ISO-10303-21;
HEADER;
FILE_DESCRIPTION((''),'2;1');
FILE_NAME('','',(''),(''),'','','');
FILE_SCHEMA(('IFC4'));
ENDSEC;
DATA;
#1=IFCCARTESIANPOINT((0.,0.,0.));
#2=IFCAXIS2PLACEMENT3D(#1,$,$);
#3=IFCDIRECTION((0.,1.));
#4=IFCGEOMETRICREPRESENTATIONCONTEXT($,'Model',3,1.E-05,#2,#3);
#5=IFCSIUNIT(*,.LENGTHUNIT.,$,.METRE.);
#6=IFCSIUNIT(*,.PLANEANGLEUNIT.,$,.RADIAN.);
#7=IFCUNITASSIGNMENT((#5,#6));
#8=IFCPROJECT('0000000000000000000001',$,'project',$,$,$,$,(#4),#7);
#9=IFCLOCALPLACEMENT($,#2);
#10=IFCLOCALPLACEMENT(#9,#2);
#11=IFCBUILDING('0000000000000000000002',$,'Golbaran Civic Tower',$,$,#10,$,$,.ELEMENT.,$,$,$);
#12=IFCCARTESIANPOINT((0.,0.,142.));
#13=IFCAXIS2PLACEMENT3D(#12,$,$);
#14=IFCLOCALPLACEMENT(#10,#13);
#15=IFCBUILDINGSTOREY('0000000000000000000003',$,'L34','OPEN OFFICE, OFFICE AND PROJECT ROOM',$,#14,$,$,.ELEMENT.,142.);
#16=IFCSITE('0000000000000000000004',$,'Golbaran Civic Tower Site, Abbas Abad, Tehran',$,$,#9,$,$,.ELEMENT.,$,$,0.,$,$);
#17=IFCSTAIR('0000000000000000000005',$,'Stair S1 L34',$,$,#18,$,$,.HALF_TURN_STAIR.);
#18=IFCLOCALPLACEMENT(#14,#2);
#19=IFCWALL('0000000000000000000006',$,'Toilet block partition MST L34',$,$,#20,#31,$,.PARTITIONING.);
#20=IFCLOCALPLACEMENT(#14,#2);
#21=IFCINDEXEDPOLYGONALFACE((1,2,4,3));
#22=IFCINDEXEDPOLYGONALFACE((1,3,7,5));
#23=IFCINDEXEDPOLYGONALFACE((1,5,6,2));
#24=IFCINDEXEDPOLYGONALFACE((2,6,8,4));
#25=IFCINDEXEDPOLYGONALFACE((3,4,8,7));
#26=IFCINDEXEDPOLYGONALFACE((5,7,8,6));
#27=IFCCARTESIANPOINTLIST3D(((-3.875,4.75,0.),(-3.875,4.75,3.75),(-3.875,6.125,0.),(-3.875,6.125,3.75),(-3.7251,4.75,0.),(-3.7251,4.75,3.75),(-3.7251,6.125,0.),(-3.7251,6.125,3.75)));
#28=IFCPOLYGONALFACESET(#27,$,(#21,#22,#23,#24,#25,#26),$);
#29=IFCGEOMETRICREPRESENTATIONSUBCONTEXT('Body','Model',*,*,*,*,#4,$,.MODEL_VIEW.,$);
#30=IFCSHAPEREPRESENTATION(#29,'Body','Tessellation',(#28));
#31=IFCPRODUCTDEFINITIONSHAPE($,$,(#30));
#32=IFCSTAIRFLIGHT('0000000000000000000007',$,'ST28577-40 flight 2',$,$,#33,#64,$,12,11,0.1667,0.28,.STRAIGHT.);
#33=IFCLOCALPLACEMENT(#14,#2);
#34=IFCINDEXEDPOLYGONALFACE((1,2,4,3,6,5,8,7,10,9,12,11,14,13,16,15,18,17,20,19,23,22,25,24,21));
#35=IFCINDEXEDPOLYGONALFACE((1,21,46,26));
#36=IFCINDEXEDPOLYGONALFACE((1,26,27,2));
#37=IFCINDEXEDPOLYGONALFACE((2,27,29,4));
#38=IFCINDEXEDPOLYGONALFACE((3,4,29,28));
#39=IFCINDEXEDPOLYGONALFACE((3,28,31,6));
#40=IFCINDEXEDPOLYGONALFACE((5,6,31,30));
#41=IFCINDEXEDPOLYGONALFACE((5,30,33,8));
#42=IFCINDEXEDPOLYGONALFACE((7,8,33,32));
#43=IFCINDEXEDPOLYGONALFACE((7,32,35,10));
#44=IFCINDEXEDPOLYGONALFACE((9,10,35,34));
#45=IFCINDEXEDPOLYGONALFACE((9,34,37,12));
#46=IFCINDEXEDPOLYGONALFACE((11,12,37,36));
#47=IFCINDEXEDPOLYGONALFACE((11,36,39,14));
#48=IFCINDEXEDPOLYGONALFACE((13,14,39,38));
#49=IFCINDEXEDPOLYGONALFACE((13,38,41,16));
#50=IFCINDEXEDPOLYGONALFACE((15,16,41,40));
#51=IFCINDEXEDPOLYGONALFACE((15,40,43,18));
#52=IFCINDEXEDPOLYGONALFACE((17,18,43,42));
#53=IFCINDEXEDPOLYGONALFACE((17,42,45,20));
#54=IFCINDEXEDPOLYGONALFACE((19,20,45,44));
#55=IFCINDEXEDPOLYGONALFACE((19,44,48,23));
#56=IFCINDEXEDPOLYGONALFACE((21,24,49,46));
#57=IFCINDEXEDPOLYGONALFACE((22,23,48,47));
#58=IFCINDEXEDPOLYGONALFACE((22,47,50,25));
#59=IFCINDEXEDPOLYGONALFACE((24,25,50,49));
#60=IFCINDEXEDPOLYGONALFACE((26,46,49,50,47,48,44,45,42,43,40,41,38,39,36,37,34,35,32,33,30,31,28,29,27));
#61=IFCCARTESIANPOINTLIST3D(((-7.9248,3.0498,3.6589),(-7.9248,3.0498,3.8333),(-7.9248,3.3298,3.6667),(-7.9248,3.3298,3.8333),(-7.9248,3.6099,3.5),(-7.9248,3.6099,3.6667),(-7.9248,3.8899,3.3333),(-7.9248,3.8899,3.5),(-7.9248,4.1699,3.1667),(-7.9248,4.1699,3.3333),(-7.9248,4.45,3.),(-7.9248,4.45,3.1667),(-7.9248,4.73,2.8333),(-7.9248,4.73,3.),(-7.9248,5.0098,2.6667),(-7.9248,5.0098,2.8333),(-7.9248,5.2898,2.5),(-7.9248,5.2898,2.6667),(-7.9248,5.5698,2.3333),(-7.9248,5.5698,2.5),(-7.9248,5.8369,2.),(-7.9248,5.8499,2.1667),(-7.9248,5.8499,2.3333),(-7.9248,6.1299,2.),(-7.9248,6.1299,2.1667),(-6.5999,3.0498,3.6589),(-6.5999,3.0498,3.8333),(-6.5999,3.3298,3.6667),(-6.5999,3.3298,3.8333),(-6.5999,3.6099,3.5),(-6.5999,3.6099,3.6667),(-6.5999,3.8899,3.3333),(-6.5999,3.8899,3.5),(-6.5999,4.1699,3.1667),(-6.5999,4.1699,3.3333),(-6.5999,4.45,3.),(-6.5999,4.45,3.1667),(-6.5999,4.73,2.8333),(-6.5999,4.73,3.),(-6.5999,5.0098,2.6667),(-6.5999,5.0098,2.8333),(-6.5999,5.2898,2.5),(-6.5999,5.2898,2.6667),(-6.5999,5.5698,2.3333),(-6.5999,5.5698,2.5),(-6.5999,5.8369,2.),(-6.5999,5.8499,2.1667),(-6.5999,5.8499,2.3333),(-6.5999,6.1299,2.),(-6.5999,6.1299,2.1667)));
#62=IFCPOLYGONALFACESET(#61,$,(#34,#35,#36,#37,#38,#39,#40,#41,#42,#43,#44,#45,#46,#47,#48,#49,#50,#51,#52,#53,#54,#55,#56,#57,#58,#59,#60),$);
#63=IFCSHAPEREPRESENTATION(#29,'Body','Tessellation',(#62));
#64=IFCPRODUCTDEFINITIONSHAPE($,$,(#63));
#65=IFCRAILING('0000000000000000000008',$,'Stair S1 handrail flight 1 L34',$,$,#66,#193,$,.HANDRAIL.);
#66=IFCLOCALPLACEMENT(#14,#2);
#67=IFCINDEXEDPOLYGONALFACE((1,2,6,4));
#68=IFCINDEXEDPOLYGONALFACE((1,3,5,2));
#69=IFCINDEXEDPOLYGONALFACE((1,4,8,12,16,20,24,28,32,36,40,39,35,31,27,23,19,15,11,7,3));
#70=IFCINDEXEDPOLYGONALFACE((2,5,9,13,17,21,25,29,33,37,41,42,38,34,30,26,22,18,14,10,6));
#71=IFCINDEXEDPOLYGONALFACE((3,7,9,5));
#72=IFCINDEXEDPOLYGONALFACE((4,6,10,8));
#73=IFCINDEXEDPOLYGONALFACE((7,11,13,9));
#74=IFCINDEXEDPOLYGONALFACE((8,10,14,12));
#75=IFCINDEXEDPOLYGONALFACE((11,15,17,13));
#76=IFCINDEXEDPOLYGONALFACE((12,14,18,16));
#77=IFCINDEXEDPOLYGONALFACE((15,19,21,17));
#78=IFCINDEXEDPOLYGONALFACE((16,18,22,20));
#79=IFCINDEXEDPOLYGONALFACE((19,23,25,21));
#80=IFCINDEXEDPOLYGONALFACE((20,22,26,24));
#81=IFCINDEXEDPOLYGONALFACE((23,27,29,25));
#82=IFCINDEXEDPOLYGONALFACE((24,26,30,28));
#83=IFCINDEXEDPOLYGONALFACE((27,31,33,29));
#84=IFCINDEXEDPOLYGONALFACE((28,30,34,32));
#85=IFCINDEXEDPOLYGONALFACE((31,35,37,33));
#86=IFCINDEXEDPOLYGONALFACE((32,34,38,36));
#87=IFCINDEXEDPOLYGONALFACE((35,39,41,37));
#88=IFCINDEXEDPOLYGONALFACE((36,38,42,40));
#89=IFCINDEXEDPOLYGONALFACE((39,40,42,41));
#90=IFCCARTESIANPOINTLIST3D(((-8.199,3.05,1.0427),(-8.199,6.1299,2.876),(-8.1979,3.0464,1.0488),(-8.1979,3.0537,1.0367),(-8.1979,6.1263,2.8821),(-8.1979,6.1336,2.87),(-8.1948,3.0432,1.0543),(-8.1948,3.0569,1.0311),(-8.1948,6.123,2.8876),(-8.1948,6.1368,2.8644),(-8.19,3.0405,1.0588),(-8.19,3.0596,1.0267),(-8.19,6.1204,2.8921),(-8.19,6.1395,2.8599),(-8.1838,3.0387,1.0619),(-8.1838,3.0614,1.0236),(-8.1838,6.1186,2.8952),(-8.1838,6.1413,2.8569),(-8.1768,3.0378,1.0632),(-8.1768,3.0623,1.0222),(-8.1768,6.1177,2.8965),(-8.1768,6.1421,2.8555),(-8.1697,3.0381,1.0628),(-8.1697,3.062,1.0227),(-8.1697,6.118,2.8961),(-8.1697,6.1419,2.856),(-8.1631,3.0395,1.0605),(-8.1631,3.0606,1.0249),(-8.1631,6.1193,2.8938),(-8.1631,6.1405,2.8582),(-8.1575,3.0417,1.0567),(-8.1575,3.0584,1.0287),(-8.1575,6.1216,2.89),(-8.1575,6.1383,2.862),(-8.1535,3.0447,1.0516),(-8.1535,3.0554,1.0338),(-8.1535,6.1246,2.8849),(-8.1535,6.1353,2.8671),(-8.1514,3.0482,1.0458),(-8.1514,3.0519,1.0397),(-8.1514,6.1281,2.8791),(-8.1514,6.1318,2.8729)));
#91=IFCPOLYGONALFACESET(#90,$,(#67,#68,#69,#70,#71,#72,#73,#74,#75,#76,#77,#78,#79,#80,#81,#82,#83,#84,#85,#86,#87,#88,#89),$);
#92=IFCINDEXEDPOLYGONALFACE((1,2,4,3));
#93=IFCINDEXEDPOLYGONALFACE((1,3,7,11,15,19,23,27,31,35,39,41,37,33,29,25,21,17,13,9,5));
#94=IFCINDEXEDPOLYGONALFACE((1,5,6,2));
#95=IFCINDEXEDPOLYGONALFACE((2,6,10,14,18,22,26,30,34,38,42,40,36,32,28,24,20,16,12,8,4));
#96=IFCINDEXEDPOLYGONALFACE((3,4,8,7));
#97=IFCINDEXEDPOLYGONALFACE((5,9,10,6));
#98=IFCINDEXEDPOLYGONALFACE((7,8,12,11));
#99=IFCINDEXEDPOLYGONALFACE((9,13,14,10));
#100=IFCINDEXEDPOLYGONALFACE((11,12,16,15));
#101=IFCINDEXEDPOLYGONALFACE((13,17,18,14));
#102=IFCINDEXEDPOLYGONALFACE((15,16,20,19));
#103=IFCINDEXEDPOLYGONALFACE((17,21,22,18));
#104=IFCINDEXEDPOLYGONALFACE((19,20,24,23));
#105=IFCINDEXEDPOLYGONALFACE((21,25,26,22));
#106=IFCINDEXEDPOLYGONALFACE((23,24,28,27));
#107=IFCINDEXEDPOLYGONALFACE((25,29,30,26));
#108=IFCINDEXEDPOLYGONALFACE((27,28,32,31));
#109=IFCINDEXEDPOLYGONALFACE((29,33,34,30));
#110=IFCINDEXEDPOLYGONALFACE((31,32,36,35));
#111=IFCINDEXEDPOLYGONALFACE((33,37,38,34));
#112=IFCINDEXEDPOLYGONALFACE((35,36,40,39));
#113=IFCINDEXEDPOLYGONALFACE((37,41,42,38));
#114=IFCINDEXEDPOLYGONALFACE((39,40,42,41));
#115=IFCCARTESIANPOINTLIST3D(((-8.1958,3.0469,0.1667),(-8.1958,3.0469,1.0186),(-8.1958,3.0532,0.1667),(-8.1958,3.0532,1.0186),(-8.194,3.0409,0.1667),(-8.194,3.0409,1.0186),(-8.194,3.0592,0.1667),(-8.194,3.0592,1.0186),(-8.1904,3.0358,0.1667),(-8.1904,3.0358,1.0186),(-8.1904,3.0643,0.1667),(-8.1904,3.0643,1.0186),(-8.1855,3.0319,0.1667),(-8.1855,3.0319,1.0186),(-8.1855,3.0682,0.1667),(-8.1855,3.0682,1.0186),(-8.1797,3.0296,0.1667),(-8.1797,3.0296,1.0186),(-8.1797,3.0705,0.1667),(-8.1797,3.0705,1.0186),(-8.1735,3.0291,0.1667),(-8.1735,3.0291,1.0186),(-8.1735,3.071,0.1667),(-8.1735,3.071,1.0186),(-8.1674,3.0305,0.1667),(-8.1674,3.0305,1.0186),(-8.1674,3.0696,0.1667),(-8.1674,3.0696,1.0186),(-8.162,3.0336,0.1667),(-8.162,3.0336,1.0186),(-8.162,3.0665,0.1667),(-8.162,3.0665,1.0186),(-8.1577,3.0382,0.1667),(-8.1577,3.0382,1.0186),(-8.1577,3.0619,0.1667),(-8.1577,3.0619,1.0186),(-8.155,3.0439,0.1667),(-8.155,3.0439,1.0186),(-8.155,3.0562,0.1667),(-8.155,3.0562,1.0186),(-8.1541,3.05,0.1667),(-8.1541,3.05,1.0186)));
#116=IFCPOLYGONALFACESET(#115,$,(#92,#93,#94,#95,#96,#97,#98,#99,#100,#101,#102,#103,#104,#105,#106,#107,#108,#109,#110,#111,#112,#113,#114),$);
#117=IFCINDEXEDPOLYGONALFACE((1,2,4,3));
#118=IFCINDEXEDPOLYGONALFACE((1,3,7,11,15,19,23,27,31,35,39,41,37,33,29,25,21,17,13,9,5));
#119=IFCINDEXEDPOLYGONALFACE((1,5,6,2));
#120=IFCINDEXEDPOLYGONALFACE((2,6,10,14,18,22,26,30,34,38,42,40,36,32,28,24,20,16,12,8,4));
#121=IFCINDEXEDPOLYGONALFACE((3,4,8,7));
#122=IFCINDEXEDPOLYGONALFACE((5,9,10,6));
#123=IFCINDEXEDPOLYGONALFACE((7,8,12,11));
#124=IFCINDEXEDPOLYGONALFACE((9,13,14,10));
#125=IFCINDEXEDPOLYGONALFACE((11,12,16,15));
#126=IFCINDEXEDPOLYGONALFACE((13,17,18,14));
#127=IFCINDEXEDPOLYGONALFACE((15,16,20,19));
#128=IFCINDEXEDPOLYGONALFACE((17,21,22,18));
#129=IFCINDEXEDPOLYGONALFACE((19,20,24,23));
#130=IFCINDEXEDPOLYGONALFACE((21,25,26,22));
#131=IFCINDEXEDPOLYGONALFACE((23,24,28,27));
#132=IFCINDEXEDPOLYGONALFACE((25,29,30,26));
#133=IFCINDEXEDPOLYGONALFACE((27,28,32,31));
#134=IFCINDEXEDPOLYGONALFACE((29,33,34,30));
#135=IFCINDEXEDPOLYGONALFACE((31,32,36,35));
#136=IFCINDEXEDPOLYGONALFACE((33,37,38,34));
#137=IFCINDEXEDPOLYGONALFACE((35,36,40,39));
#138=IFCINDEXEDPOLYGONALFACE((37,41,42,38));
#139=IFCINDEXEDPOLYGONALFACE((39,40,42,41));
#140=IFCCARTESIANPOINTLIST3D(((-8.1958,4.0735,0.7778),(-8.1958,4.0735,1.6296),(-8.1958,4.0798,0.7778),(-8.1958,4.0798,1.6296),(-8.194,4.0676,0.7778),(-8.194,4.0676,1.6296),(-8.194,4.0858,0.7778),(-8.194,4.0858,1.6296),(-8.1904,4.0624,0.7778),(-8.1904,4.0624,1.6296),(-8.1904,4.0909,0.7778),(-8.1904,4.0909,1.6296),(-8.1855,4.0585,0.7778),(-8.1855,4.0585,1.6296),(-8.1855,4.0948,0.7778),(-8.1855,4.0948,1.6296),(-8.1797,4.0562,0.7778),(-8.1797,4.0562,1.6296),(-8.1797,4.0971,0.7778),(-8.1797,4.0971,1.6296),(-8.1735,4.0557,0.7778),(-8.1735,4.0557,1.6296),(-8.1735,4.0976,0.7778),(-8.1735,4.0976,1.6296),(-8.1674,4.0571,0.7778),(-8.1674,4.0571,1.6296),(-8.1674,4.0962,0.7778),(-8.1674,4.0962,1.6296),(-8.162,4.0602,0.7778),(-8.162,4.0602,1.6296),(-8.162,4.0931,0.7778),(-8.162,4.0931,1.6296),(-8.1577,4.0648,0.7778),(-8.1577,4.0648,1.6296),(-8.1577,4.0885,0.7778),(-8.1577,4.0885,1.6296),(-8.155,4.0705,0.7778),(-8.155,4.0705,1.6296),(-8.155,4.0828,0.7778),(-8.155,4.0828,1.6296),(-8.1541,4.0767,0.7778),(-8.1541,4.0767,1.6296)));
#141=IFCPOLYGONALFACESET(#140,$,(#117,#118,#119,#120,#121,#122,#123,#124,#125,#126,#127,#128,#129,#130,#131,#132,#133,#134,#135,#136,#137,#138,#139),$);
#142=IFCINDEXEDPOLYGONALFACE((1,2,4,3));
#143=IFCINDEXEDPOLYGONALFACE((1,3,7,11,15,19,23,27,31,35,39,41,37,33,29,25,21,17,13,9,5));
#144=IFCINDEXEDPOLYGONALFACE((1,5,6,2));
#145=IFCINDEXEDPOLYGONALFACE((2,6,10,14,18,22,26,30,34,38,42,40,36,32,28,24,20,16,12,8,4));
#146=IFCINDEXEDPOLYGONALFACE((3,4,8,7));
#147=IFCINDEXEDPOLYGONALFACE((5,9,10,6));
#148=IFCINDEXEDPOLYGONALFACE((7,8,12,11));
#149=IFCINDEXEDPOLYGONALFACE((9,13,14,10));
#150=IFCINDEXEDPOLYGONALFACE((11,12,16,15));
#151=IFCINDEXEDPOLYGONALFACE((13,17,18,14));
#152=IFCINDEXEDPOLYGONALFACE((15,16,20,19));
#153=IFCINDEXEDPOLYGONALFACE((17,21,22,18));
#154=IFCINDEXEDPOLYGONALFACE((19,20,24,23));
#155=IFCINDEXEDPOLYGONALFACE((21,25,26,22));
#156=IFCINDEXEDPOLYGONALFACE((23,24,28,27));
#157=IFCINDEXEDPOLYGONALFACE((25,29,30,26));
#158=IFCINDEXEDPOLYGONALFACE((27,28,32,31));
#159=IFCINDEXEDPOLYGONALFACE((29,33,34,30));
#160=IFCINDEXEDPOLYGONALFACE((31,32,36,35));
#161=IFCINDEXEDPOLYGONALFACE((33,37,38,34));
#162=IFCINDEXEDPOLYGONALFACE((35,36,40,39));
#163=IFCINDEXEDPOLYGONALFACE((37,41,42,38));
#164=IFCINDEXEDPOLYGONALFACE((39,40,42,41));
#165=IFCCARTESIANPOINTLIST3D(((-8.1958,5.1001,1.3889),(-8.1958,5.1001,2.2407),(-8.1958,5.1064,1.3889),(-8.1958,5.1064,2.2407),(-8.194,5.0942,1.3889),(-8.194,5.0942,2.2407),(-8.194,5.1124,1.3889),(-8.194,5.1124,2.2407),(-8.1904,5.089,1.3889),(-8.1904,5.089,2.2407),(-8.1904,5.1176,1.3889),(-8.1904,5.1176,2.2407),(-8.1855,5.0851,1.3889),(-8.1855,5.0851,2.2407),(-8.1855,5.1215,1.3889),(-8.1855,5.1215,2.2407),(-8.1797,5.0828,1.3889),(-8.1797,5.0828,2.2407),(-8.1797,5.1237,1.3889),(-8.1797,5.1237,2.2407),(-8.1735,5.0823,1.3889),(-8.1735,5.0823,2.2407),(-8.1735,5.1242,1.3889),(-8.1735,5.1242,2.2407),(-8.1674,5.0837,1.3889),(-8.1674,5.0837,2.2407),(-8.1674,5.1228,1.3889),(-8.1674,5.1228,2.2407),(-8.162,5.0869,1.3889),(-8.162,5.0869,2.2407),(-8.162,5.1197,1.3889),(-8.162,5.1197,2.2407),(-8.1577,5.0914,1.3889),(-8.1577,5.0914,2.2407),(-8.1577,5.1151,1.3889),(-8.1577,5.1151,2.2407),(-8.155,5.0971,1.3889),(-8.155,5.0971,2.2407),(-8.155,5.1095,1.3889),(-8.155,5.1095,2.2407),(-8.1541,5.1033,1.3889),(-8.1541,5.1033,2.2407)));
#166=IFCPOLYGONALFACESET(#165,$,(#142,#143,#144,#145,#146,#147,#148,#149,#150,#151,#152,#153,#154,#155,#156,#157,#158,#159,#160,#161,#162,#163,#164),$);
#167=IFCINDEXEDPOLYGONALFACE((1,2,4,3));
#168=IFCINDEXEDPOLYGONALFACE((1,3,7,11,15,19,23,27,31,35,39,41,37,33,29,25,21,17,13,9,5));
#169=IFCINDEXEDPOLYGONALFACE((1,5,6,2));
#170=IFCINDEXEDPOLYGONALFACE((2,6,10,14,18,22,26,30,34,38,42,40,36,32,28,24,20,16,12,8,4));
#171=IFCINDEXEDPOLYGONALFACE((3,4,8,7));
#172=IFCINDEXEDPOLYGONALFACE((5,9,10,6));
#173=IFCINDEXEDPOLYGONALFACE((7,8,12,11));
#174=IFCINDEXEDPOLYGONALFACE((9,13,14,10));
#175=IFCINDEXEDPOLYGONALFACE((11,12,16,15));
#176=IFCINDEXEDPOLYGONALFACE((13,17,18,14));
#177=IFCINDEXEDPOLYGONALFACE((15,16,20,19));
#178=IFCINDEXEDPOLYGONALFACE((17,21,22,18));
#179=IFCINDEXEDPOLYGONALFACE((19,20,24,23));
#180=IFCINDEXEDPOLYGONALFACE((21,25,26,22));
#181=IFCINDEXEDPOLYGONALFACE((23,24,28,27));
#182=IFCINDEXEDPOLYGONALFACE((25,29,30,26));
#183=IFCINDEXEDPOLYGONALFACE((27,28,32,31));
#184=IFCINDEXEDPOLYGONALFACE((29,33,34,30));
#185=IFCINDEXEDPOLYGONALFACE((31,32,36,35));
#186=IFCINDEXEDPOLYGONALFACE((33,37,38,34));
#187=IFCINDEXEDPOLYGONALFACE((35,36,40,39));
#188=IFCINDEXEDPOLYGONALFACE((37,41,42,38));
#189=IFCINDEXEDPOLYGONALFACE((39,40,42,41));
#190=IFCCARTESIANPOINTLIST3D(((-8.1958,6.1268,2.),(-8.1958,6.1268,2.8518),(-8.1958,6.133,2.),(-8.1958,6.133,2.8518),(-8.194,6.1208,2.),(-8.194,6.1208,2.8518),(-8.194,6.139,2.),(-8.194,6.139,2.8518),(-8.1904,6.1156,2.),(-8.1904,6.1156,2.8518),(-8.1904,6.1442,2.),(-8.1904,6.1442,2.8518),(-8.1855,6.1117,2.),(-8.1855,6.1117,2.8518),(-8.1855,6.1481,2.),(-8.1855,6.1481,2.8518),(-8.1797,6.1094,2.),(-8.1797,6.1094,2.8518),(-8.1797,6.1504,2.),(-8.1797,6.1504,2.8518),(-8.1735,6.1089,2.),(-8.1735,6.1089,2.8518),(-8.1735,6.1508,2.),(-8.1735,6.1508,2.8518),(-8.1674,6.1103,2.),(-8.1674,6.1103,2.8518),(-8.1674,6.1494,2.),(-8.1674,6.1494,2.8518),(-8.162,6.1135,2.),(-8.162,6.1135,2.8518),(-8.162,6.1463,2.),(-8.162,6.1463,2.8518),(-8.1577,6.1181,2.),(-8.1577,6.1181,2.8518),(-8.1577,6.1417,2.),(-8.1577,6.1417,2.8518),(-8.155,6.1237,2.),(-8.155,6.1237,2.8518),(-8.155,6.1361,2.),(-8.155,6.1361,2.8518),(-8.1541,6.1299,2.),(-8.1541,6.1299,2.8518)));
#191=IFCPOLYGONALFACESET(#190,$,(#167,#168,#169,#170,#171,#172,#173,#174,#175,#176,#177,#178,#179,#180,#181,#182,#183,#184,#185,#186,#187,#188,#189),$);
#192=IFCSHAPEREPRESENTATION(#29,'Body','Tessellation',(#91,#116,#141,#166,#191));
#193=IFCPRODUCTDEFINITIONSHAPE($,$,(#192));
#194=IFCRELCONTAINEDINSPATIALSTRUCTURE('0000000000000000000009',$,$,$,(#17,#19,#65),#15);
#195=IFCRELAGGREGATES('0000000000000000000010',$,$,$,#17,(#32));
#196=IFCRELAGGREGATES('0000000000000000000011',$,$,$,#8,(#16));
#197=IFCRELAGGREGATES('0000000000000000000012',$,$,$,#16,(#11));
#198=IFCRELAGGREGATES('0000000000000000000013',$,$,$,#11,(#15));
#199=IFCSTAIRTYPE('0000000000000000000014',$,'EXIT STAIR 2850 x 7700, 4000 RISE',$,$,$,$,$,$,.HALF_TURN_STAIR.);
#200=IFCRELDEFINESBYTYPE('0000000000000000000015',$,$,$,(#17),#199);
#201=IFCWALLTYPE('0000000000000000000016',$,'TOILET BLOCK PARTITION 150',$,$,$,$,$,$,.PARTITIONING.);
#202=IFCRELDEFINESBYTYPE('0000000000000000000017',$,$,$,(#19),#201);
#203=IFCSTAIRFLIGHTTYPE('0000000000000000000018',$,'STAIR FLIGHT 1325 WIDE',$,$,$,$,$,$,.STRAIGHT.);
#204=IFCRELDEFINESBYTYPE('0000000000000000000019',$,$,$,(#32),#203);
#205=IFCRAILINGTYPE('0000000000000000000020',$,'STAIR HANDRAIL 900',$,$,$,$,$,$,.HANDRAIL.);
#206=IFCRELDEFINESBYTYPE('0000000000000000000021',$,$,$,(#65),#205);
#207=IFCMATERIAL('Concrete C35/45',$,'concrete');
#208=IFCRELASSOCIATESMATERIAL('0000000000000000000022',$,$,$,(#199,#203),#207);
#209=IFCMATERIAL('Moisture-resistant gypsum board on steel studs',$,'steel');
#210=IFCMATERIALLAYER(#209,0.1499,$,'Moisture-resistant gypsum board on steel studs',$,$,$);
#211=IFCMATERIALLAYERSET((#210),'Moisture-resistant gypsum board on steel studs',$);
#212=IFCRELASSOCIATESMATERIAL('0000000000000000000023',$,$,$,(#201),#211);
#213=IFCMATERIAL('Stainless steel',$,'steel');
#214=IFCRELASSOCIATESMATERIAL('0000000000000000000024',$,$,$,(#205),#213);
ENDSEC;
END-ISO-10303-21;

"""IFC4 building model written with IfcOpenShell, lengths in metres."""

from ifc_helpers import new_model, si_unit, direction, frame, frame_2d, origin, origin_2d, place, context, subcontext, project, spatial, polyline, rectangle, circle, outline, extrude, material, layer, layer_set, type_object, element, aggregate, save


model = new_model("IFC4")

# Units and contexts
model_context = context("Model", 3, precision=1e-05, world=origin(), true_north=direction((0.0, 1.0)))
body_context = subcontext(model_context, "Body", "Model", "MODEL_VIEW")
ifc_project = project(units=[si_unit("LENGTHUNIT", "METRE"), si_unit("PLANEANGLEUNIT", "RADIAN")], contexts=[model_context])

# Site, building, storey
site_placement = place(None, origin())
site = spatial("IfcSite", under=ifc_project, at=site_placement, Name="Golbaran Civic Tower Site, Abbas Abad, Tehran", CompositionType="ELEMENT", RefElevation=0.0)
building_placement = place(site_placement, origin())
building = spatial("IfcBuilding", under=site, at=building_placement, Name="Golbaran Civic Tower", CompositionType="ELEMENT")
storey_placement = place(building_placement, frame((0.0, 0.0, 142.0)))
storey = spatial("IfcBuildingStorey", under=building, at=storey_placement, Name="L34", Description="OPEN OFFICE, OFFICE AND PROJECT ROOM", CompositionType="ELEMENT", Elevation=142.0)

# Stair
ifc_material_1 = material(Name="Concrete C35/45", Category="concrete")
stair_type = type_object("IfcStairType", Name="EXIT STAIR 2850 x 7700, 4000 RISE", PredefinedType="HALF_TURN_STAIR", material=ifc_material_1)
stair_placement = place(storey_placement, origin())
stair = element("IfcStair", 1, at=stair_placement, inside=storey, type_object=stair_type, Name="Stair S1 L34", PredefinedType="HALF_TURN_STAIR")

# Shared definitions
ifc_material_2 = material(Name="Stainless steel", Category="steel")

# Shared definitions
ifc_material_3 = material(Name="Moisture-resistant gypsum board on steel studs", Category="steel")
ifc_layer_1 = layer(ifc_material_3, 0.1499, Name="Moisture-resistant gypsum board on steel studs")
ifc_layer_set_1 = layer_set([ifc_layer_1], Name="Moisture-resistant gypsum board on steel studs")
wall_type_1 = type_object("IfcWallType", Name="TOILET BLOCK PARTITION 150", PredefinedType="PARTITIONING", material=ifc_layer_set_1)

# Wall
wall_1_placement = place(storey_placement, frame((-3.8, 4.75, 0.0), z_axis=(0.0, 0.0, 1.0), x_axis=(0.0, 1.0, 0.0)))
element("IfcWall", 2, at=wall_1_placement, inside=storey, type_object=wall_type_1, Name="Toilet block partition MST L34", PredefinedType="PARTITIONING", context=body_context, shape_type="SweptSolid", body=[
    extrude(rectangle(XDim=1.375, YDim=0.1499, at=frame_2d((0.6875, 0.0))), origin(), (0.0, 0.0, 1.0), 3.75),
])

# Stair flight
stair_flight_type = type_object("IfcStairFlightType", Name="STAIR FLIGHT 1325 WIDE", PredefinedType="STRAIGHT", material=ifc_material_1)
stair_flight_placement = place(storey_placement, frame((-7.2625, 6.1299, 2.0), z_axis=(0.0, 0.0, 1.0), x_axis=(0.0, -1.0, 0.0)))
stair_flight = element("IfcStairFlight", 3, at=stair_flight_placement, type_object=stair_flight_type, Name="ST28577-40 flight 2", NumberOfRisers=12, NumberOfTreads=11, PredefinedType="STRAIGHT", RiserHeight=0.1667, TreadLength=0.28, context=body_context, shape_type="SweptSolid", body=[
    extrude(outline(polyline([(0.0, 0.0), (0.0, 0.1667), (0.28, 0.1667), (0.28, 0.3333), (0.5601, 0.3333), (0.5601, 0.5), (0.8401, 0.5), (0.8401, 0.6667), (1.1201, 0.6667), (1.1201, 0.8333), (1.3999, 0.8333), (1.3999, 1.0), (1.6799, 1.0), (1.6799, 1.1667), (1.96, 1.1667), (1.96, 1.3333), (2.24, 1.3333), (2.24, 1.5), (2.52, 1.5), (2.52, 1.6667), (2.8, 1.6667), (2.8, 1.8333), (3.0801, 1.8333), (3.0801, 2.0), (3.0801, 1.6589), (0.293, 0.0), (0.0, 0.0)])), frame((0.0, 0.6626, 0.0), z_axis=(0.0, -1.0, 0.0), x_axis=(1.0, 0.0, 0.0)), (0.0, 0.0, 1.0), 1.325),
])
aggregate(stair, [stair_flight])

# Railing
railing_type = type_object("IfcRailingType", Name="STAIR HANDRAIL 900", PredefinedType="HANDRAIL", material=ifc_material_2)
railing_1_placement = place(storey_placement, frame((-8.175, 3.05, 0.1667)))
element("IfcRailing", 4, at=railing_1_placement, inside=storey, type_object=railing_type, Name="Stair S1 handrail flight 1 L34", PredefinedType="HANDRAIL", context=body_context, shape_type="SweptSolid", body=[
    extrude(circle(Radius=0.0239, at=origin_2d()), frame((0.0, 0.0, 0.876), z_axis=(0.0, 0.859291, 0.511487), x_axis=(-1.0, 0.0, 0.0)), (0.0, 0.0, 1.0), 3.5842),
    extrude(circle(Radius=0.021, at=origin_2d()), origin(), (0.0, 0.0, 1.0), 0.8518),
    extrude(circle(Radius=0.021, at=origin_2d()), frame((0.0, 1.0266, 0.6111)), (0.0, 0.0, 1.0), 0.8518),
    extrude(circle(Radius=0.021, at=origin_2d()), frame((0.0, 2.0532, 1.2222)), (0.0, 0.0, 1.0), 0.8518),
    extrude(circle(Radius=0.021, at=origin_2d()), frame((0.0, 3.0798, 1.8333)), (0.0, 0.0, 1.0), 0.8518),
])

save(model, "model.ifc")
